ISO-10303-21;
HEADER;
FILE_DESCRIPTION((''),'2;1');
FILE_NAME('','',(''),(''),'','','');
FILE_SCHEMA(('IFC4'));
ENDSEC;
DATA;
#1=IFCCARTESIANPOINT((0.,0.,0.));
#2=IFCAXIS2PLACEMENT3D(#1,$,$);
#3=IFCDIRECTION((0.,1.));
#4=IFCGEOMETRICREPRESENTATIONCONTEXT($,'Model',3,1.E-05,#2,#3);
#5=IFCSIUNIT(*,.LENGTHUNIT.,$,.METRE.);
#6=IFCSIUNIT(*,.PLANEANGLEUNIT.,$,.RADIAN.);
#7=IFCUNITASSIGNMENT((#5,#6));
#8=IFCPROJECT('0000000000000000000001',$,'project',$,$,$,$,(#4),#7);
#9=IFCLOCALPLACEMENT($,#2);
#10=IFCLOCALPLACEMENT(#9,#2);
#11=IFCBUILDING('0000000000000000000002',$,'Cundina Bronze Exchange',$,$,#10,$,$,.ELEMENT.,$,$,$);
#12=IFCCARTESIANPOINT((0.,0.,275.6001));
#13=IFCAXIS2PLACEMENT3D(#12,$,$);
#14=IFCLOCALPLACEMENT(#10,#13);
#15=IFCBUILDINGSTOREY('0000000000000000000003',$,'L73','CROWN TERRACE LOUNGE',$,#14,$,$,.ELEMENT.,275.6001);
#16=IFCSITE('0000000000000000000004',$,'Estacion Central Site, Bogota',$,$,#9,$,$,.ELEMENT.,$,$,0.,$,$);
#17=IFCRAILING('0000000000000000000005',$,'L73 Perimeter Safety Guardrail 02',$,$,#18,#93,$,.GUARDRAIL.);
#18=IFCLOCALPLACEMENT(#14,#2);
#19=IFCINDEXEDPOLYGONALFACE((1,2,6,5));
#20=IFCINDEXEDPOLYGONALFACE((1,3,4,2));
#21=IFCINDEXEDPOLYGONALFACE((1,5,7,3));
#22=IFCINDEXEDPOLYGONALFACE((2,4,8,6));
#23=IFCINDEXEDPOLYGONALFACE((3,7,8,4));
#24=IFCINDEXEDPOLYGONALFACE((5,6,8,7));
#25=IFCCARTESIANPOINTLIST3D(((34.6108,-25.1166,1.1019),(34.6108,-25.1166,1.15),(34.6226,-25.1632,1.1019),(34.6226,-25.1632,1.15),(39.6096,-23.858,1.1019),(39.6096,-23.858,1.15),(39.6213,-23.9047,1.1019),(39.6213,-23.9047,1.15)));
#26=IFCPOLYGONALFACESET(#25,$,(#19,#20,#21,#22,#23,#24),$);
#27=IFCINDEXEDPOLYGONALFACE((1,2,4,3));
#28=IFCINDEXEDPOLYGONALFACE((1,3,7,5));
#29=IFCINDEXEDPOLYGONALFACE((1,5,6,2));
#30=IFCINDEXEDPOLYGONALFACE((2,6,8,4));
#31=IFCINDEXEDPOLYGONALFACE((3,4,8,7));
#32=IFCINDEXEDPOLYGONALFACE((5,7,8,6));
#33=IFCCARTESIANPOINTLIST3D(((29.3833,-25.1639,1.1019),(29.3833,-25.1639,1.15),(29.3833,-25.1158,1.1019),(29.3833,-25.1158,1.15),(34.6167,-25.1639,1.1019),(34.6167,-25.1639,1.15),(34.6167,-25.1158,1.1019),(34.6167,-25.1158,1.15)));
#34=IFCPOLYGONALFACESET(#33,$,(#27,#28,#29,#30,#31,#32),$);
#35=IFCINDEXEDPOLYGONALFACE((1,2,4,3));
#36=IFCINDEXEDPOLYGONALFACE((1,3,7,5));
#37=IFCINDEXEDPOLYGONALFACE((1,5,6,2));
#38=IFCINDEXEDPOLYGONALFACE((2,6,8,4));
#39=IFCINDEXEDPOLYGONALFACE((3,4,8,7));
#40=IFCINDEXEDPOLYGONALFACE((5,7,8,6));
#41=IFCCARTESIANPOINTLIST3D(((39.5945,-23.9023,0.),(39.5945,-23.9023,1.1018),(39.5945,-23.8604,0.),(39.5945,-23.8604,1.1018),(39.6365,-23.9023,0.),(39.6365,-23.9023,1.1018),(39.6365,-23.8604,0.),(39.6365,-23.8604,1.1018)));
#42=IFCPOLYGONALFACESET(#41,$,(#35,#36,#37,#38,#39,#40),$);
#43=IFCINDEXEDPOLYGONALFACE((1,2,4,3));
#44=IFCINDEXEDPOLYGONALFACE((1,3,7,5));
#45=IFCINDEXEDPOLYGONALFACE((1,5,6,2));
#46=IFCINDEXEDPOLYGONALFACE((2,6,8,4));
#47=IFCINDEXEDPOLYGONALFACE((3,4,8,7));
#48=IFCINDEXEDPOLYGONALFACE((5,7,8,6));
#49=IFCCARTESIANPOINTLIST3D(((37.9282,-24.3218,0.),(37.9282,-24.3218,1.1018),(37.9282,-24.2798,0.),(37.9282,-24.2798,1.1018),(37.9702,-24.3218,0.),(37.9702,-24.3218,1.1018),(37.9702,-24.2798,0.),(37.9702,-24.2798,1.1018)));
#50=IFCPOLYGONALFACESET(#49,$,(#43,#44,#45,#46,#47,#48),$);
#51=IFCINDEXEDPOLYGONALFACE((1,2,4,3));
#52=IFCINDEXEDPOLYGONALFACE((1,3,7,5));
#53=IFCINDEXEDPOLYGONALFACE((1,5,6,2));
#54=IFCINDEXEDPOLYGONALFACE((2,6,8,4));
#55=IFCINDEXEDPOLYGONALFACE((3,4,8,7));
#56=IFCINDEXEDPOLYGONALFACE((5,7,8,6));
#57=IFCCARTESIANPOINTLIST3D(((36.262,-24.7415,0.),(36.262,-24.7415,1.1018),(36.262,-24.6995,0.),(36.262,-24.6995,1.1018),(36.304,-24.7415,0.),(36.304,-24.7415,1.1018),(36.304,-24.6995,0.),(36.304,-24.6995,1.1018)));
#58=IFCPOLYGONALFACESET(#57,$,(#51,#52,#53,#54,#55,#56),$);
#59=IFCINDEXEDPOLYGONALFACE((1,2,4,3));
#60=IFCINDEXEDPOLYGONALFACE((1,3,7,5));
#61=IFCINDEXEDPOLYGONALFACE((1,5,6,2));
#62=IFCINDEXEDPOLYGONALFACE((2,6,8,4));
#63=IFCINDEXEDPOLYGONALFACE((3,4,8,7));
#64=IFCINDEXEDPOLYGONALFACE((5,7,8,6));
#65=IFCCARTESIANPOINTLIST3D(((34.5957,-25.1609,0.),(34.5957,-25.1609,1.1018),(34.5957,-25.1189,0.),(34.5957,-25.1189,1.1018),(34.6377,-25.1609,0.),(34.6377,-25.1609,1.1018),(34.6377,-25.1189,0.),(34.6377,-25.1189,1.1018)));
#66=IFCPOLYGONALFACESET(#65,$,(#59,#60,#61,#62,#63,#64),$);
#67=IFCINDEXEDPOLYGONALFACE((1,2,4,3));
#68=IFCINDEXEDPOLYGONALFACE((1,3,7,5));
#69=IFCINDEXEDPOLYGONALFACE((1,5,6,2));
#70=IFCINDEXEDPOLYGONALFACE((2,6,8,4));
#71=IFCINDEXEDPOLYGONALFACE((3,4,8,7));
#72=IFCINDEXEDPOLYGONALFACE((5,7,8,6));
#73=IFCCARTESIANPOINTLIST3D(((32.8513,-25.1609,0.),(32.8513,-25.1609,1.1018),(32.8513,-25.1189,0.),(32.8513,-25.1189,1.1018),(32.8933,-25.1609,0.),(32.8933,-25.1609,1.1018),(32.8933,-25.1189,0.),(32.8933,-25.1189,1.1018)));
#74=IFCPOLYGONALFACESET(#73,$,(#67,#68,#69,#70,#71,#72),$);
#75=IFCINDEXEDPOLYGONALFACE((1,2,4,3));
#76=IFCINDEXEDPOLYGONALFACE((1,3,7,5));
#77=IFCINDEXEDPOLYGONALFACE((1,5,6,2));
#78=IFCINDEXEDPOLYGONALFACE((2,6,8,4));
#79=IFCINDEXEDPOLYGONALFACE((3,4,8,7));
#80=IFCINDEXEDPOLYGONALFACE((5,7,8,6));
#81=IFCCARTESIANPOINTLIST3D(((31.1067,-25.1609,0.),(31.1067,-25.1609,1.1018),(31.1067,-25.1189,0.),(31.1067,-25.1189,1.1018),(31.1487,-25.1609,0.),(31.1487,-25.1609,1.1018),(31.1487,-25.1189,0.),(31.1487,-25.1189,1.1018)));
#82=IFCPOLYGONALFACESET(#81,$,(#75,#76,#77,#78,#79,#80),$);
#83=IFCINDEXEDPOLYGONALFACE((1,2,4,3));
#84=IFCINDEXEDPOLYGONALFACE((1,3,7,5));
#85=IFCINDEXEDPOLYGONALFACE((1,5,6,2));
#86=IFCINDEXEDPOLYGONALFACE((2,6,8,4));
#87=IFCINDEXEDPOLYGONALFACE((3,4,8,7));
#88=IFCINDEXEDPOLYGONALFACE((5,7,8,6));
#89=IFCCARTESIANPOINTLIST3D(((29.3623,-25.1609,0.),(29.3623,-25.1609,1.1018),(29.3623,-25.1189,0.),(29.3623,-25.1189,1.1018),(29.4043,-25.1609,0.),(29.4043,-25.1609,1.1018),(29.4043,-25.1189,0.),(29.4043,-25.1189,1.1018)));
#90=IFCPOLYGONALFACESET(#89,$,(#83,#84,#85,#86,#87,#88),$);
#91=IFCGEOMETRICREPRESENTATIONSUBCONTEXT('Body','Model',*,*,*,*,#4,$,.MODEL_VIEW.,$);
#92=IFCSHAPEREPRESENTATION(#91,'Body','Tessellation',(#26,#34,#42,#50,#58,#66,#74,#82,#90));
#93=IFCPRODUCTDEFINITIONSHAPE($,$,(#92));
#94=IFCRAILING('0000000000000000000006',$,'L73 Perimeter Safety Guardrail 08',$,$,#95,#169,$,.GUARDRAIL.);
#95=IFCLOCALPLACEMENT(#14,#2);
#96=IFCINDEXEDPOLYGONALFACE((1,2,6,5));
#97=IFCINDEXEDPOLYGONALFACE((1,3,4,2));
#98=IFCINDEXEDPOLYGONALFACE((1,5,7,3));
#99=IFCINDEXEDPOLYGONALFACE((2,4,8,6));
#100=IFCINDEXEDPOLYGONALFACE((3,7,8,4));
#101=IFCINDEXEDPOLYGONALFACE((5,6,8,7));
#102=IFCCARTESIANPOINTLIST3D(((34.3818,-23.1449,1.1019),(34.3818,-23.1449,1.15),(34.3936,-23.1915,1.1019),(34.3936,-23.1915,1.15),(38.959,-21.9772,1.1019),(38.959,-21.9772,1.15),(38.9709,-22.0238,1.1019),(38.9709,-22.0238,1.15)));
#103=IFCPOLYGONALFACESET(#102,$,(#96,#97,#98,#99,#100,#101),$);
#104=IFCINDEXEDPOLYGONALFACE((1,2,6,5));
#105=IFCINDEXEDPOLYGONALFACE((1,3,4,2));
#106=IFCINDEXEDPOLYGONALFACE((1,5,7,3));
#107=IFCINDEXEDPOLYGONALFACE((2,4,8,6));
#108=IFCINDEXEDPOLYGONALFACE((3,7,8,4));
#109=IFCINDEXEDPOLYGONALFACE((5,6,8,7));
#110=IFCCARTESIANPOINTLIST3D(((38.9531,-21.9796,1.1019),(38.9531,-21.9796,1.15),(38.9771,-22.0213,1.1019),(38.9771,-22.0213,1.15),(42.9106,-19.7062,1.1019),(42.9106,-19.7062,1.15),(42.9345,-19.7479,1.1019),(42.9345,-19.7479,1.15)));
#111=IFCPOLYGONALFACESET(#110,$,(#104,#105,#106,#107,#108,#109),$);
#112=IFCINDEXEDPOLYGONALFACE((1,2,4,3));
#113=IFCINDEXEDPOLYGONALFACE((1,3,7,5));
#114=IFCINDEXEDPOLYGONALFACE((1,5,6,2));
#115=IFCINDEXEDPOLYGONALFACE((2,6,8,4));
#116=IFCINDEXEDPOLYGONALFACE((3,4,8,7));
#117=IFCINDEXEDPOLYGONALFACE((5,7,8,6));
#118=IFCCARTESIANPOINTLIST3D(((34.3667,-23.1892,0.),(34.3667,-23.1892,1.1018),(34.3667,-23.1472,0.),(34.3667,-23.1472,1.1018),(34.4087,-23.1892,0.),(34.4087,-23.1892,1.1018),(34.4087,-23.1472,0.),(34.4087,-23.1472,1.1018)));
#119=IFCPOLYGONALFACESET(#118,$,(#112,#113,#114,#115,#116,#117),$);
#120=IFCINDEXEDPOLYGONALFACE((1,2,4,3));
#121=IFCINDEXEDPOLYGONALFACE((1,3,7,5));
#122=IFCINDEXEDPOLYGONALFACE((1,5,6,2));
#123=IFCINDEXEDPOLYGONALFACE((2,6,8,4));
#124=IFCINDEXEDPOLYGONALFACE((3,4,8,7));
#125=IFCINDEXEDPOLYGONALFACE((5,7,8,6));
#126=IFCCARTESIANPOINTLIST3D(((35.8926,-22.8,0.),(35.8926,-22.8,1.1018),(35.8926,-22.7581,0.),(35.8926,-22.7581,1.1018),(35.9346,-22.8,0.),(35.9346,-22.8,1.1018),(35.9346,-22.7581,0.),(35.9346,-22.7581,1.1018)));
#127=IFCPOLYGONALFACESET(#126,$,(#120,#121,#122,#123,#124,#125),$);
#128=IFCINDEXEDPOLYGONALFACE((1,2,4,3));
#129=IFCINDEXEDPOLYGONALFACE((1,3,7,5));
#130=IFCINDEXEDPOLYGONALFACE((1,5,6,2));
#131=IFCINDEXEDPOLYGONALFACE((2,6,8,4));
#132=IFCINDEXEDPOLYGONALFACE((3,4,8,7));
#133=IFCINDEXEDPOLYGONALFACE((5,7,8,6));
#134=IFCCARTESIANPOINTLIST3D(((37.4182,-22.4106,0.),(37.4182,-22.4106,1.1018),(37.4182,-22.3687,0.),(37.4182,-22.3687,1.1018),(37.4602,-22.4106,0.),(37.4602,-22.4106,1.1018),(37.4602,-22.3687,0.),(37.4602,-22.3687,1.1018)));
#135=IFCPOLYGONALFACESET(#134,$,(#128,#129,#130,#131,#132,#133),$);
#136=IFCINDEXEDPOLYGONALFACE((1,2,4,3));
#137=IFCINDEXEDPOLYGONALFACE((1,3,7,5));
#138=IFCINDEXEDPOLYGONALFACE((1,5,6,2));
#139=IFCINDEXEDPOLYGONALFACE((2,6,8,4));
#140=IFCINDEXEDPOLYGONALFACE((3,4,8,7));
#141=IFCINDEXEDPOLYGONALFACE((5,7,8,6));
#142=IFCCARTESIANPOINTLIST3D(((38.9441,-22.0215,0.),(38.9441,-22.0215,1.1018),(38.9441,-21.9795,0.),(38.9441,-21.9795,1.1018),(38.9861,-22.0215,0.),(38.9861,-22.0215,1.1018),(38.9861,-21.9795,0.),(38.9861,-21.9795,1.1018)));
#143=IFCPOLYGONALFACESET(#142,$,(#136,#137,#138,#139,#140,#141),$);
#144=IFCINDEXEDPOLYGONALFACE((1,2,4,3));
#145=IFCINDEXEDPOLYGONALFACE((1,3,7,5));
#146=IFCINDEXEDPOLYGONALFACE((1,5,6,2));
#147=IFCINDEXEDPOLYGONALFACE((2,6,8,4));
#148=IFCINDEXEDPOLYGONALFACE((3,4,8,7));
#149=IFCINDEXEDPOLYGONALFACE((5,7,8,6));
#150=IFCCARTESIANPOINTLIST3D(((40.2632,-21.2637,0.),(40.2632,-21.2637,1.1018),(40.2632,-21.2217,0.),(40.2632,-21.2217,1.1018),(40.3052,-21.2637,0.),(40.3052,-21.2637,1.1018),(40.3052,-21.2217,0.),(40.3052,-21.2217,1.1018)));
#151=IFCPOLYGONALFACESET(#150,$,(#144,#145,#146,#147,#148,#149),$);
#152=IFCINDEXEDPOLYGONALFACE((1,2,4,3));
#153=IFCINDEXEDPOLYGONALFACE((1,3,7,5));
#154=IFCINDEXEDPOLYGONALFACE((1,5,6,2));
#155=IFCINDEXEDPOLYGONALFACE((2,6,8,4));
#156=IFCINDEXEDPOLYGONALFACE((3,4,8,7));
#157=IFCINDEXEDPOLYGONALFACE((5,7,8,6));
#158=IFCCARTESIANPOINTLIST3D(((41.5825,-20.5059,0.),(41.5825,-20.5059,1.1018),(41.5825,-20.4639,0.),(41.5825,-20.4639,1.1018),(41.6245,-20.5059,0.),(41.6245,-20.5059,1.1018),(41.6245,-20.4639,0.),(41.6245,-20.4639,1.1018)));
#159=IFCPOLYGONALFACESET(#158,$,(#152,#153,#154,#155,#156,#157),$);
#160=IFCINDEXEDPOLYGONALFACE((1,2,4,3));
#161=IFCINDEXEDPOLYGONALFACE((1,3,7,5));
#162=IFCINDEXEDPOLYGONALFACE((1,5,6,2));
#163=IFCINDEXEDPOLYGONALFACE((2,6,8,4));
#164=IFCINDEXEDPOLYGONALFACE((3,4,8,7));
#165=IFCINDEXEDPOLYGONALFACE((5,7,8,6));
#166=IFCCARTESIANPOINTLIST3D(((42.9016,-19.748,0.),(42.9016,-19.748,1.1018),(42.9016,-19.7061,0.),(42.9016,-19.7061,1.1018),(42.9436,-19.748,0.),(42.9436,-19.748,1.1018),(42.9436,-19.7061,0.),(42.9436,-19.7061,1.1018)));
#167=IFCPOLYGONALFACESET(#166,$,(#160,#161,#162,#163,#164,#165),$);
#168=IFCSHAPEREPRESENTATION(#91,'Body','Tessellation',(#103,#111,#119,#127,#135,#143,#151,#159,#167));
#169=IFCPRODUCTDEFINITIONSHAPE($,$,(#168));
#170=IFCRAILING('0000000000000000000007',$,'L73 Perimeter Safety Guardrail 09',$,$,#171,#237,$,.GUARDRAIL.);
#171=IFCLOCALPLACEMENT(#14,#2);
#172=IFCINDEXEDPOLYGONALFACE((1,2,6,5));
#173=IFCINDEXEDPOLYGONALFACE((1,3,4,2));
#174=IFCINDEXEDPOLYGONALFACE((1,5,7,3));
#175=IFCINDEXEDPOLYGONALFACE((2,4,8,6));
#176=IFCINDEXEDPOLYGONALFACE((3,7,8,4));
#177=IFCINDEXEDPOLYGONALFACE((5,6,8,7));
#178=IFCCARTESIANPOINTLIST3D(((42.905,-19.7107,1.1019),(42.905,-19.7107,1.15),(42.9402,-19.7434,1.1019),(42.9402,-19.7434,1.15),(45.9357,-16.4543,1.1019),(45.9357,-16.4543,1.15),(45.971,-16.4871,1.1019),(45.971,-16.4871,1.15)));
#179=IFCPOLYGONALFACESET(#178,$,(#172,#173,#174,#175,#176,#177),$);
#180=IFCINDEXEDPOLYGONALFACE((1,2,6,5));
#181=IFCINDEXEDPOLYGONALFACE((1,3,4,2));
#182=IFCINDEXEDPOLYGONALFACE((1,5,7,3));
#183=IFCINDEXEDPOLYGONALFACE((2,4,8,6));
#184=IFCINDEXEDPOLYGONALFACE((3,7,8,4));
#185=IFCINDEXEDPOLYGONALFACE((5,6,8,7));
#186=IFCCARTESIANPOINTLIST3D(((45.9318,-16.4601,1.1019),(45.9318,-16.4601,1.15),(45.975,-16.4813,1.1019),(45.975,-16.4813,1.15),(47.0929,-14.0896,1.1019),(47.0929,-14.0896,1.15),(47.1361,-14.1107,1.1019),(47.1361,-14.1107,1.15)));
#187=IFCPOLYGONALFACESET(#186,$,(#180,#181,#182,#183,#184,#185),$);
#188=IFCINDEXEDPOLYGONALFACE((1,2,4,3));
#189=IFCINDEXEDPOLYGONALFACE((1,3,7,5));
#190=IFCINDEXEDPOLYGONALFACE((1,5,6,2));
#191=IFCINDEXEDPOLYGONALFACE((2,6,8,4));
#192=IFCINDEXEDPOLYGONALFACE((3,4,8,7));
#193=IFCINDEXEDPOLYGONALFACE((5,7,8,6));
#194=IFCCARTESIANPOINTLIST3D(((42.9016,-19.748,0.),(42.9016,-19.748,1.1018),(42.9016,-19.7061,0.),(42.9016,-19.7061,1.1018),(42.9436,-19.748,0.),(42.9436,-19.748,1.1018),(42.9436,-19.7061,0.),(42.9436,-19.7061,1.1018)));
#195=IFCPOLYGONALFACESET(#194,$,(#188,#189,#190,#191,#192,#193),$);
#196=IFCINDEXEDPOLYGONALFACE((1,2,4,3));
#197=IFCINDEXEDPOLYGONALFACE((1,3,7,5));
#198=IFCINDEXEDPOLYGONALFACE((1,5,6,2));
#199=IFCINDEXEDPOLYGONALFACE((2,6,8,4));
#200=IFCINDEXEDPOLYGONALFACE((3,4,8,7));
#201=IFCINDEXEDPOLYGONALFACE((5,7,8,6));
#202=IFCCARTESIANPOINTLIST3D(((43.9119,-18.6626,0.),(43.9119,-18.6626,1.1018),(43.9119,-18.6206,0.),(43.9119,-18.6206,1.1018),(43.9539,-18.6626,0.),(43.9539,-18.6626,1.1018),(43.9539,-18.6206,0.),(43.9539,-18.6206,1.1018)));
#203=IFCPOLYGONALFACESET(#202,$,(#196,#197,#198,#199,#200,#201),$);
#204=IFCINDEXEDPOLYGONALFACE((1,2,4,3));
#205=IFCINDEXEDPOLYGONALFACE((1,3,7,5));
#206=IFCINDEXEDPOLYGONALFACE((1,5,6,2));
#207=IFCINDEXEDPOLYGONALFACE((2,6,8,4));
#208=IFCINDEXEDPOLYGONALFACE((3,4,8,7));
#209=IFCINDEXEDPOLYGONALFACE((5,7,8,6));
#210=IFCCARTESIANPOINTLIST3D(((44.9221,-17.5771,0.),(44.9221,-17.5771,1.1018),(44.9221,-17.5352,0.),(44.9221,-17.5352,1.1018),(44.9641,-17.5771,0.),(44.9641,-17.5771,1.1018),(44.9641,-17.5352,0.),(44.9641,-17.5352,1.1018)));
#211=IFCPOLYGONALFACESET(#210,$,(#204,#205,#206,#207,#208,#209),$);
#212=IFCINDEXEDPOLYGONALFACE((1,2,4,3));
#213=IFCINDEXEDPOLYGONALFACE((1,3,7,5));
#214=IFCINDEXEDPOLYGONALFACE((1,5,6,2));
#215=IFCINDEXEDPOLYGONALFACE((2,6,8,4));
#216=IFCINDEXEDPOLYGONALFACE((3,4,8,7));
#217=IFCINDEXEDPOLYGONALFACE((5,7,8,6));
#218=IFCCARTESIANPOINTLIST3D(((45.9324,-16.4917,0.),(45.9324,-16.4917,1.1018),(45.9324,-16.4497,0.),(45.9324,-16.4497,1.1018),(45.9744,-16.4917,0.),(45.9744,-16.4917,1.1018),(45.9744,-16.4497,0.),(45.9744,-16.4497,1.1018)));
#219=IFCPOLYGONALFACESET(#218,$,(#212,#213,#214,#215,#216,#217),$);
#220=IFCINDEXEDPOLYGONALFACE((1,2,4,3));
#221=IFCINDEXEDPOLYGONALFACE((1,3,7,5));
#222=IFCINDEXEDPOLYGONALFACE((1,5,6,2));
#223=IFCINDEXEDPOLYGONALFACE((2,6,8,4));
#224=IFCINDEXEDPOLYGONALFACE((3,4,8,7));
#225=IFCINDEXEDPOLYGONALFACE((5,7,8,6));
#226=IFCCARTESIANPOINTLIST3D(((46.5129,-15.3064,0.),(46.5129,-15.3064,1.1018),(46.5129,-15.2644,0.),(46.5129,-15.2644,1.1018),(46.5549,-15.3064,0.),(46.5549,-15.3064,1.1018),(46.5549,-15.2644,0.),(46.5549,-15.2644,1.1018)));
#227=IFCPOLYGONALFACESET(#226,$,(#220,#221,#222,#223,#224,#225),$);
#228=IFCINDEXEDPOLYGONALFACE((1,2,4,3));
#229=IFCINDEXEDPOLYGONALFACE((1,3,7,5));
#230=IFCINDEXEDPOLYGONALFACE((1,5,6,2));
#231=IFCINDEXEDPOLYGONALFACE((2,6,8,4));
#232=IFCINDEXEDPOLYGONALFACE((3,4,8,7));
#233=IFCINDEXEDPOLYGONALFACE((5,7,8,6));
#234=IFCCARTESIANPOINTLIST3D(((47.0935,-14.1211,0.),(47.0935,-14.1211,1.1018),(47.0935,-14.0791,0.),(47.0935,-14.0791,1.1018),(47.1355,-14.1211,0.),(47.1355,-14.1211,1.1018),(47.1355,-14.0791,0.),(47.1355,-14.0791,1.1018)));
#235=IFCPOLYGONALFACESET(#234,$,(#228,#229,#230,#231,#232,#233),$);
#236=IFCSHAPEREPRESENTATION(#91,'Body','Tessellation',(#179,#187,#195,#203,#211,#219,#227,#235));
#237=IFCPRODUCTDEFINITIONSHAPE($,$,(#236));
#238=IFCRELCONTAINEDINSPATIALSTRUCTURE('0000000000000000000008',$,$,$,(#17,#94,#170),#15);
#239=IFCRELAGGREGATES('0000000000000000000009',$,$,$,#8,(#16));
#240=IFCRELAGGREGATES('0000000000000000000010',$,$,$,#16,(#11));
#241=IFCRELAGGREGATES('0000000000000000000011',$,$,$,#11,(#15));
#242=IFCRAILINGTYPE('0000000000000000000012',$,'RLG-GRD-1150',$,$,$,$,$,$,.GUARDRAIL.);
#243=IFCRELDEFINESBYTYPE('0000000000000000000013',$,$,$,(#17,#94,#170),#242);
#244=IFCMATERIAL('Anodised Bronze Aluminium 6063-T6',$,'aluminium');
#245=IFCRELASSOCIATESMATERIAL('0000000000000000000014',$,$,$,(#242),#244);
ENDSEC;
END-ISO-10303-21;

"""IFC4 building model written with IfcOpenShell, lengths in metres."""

from ifc_helpers import new_model, si_unit, direction, frame, origin, origin_2d, place, context, subcontext, project, spatial, rectangle, extrude, material, type_object, element, save


model = new_model("IFC4")

# Units and contexts
model_context = context("Model", 3, precision=1e-05, world=origin(), true_north=direction((0.0, 1.0)))
body_context = subcontext(model_context, "Body", "Model", "MODEL_VIEW")
ifc_project = project(units=[si_unit("LENGTHUNIT", "METRE"), si_unit("PLANEANGLEUNIT", "RADIAN")], contexts=[model_context])

# Site, building, storey
site_placement = place(None, origin())
site = spatial("IfcSite", under=ifc_project, at=site_placement, Name="Estacion Central Site, Bogota", CompositionType="ELEMENT", RefElevation=0.0)
building_placement = place(site_placement, origin())
building = spatial("IfcBuilding", under=site, at=building_placement, Name="Cundina Bronze Exchange", CompositionType="ELEMENT")
storey_placement = place(building_placement, frame((0.0, 0.0, 275.6001)))
storey = spatial("IfcBuildingStorey", under=building, at=storey_placement, Name="L73", Description="CROWN TERRACE LOUNGE", CompositionType="ELEMENT", Elevation=275.6001)

# Shared definitions
ifc_material_1 = material(Name="Anodised Bronze Aluminium 6063-T6", Category="aluminium")

# Railings
railing_type = type_object("IfcRailingType", Name="RLG-GRD-1150", PredefinedType="GUARDRAIL", material=ifc_material_1)
railing_1_placement = place(storey_placement, frame((39.6155, -23.8813, 0.0)))
element("IfcRailing", 1, at=railing_1_placement, inside=storey, type_object=railing_type, Name="L73 Perimeter Safety Guardrail 02", PredefinedType="GUARDRAIL", context=body_context, shape_type="SweptSolid", body=[
    extrude(rectangle(XDim=0.0481, YDim=0.0481, at=origin_2d()), frame((0.0, 0.0, 1.126), z_axis=(-0.969737, -0.244151, 0.0), x_axis=(0.244151, -0.969737, 0.0)), (0.0, 0.0, 1.0), 5.1548),
    extrude(rectangle(XDim=0.0481, YDim=0.0481, at=origin_2d()), frame((-4.9988, -1.2585, 1.126), z_axis=(-1.0, 0.0, 0.0), x_axis=(0.0, -1.0, 0.0)), (0.0, 0.0, 1.0), 5.2334),
    extrude(rectangle(XDim=0.042, YDim=0.042, at=origin_2d()), origin(), (0.0, 0.0, 1.0), 1.1018),
    extrude(rectangle(XDim=0.042, YDim=0.042, at=origin_2d()), frame((-1.6663, -0.4194, 0.0)), (0.0, 0.0, 1.0), 1.1018),
    extrude(rectangle(XDim=0.042, YDim=0.042, at=origin_2d()), frame((-3.3325, -0.8391, 0.0)), (0.0, 0.0, 1.0), 1.1018),
    extrude(rectangle(XDim=0.042, YDim=0.042, at=origin_2d()), frame((-4.9988, -1.2585, 0.0)), (0.0, 0.0, 1.0), 1.1018),
    extrude(rectangle(XDim=0.042, YDim=0.042, at=origin_2d()), frame((-6.7432, -1.2585, 0.0)), (0.0, 0.0, 1.0), 1.1018),
    extrude(rectangle(XDim=0.042, YDim=0.042, at=origin_2d()), frame((-8.4878, -1.2585, 0.0)), (0.0, 0.0, 1.0), 1.1018),
    extrude(rectangle(XDim=0.042, YDim=0.042, at=origin_2d()), frame((-10.2322, -1.2585, 0.0)), (0.0, 0.0, 1.0), 1.1018),
])
railing_2_placement = place(storey_placement, frame((34.3877, -23.1682, 0.0)))
element("IfcRailing", 2, at=railing_2_placement, inside=storey, type_object=railing_type, Name="L73 Perimeter Safety Guardrail 08", PredefinedType="GUARDRAIL", context=body_context, shape_type="SweptSolid", body=[
    extrude(rectangle(XDim=0.0481, YDim=0.0481, at=origin_2d()), frame((0.0, 0.0, 1.126), z_axis=(0.968967, 0.24719, 0.0), x_axis=(-0.24719, 0.968967, 0.0)), (0.0, 0.0, 1.0), 4.7239),
    extrude(rectangle(XDim=0.0481, YDim=0.0481, at=origin_2d()), frame((4.5774, 1.1677, 1.126), z_axis=(0.867108, 0.498119, 0.0), x_axis=(-0.498119, 0.867108, 0.0)), (0.0, 0.0, 1.0), 4.564),
    extrude(rectangle(XDim=0.042, YDim=0.042, at=origin_2d()), origin(), (0.0, 0.0, 1.0), 1.1018),
    extrude(rectangle(XDim=0.042, YDim=0.042, at=origin_2d()), frame((1.5259, 0.3892, 0.0)), (0.0, 0.0, 1.0), 1.1018),
    extrude(rectangle(XDim=0.042, YDim=0.042, at=origin_2d()), frame((3.0515, 0.7786, 0.0)), (0.0, 0.0, 1.0), 1.1018),
    extrude(rectangle(XDim=0.042, YDim=0.042, at=origin_2d()), frame((4.5774, 1.1677, 0.0)), (0.0, 0.0, 1.0), 1.1018),
    extrude(rectangle(XDim=0.042, YDim=0.042, at=origin_2d()), frame((5.8965, 1.9255, 0.0)), (0.0, 0.0, 1.0), 1.1018),
    extrude(rectangle(XDim=0.042, YDim=0.042, at=origin_2d()), frame((7.2158, 2.6833, 0.0)), (0.0, 0.0, 1.0), 1.1018),
    extrude(rectangle(XDim=0.042, YDim=0.042, at=origin_2d()), frame((8.5349, 3.4412, 0.0)), (0.0, 0.0, 1.0), 1.1018),
])
railing_3_placement = place(storey_placement, frame((42.9226, -19.7271, 0.0)))
element("IfcRailing", 3, at=railing_3_placement, inside=storey, type_object=railing_type, Name="L73 Perimeter Safety Guardrail 09", PredefinedType="GUARDRAIL", context=body_context, shape_type="SweptSolid", body=[
    extrude(rectangle(XDim=0.0481, YDim=0.0481, at=origin_2d()), frame((0.0, 0.0, 1.126), z_axis=(0.681297, 0.732007, 0.0), x_axis=(-0.732007, 0.681297, 0.0)), (0.0, 0.0, 1.0), 4.4485),
    extrude(rectangle(XDim=0.0481, YDim=0.0481, at=origin_2d()), frame((3.0308, 3.2563, 1.126), z_axis=(0.439874, 0.89806, 0.0), x_axis=(-0.89806, 0.439874, 0.0)), (0.0, 0.0, 1.0), 2.6396),
    extrude(rectangle(XDim=0.042, YDim=0.042, at=origin_2d()), origin(), (0.0, 0.0, 1.0), 1.1018),
    extrude(rectangle(XDim=0.042, YDim=0.042, at=origin_2d()), frame((1.0103, 1.0854, 0.0)), (0.0, 0.0, 1.0), 1.1018),
    extrude(rectangle(XDim=0.042, YDim=0.042, at=origin_2d()), frame((2.0205, 2.1709, 0.0)), (0.0, 0.0, 1.0), 1.1018),
    extrude(rectangle(XDim=0.042, YDim=0.042, at=origin_2d()), frame((3.0308, 3.2563, 0.0)), (0.0, 0.0, 1.0), 1.1018),
    extrude(rectangle(XDim=0.042, YDim=0.042, at=origin_2d()), frame((3.6113, 4.4417, 0.0)), (0.0, 0.0, 1.0), 1.1018),
    extrude(rectangle(XDim=0.042, YDim=0.042, at=origin_2d()), frame((4.1919, 5.627, 0.0)), (0.0, 0.0, 1.0), 1.1018),
])

save(model, "model.ifc")
